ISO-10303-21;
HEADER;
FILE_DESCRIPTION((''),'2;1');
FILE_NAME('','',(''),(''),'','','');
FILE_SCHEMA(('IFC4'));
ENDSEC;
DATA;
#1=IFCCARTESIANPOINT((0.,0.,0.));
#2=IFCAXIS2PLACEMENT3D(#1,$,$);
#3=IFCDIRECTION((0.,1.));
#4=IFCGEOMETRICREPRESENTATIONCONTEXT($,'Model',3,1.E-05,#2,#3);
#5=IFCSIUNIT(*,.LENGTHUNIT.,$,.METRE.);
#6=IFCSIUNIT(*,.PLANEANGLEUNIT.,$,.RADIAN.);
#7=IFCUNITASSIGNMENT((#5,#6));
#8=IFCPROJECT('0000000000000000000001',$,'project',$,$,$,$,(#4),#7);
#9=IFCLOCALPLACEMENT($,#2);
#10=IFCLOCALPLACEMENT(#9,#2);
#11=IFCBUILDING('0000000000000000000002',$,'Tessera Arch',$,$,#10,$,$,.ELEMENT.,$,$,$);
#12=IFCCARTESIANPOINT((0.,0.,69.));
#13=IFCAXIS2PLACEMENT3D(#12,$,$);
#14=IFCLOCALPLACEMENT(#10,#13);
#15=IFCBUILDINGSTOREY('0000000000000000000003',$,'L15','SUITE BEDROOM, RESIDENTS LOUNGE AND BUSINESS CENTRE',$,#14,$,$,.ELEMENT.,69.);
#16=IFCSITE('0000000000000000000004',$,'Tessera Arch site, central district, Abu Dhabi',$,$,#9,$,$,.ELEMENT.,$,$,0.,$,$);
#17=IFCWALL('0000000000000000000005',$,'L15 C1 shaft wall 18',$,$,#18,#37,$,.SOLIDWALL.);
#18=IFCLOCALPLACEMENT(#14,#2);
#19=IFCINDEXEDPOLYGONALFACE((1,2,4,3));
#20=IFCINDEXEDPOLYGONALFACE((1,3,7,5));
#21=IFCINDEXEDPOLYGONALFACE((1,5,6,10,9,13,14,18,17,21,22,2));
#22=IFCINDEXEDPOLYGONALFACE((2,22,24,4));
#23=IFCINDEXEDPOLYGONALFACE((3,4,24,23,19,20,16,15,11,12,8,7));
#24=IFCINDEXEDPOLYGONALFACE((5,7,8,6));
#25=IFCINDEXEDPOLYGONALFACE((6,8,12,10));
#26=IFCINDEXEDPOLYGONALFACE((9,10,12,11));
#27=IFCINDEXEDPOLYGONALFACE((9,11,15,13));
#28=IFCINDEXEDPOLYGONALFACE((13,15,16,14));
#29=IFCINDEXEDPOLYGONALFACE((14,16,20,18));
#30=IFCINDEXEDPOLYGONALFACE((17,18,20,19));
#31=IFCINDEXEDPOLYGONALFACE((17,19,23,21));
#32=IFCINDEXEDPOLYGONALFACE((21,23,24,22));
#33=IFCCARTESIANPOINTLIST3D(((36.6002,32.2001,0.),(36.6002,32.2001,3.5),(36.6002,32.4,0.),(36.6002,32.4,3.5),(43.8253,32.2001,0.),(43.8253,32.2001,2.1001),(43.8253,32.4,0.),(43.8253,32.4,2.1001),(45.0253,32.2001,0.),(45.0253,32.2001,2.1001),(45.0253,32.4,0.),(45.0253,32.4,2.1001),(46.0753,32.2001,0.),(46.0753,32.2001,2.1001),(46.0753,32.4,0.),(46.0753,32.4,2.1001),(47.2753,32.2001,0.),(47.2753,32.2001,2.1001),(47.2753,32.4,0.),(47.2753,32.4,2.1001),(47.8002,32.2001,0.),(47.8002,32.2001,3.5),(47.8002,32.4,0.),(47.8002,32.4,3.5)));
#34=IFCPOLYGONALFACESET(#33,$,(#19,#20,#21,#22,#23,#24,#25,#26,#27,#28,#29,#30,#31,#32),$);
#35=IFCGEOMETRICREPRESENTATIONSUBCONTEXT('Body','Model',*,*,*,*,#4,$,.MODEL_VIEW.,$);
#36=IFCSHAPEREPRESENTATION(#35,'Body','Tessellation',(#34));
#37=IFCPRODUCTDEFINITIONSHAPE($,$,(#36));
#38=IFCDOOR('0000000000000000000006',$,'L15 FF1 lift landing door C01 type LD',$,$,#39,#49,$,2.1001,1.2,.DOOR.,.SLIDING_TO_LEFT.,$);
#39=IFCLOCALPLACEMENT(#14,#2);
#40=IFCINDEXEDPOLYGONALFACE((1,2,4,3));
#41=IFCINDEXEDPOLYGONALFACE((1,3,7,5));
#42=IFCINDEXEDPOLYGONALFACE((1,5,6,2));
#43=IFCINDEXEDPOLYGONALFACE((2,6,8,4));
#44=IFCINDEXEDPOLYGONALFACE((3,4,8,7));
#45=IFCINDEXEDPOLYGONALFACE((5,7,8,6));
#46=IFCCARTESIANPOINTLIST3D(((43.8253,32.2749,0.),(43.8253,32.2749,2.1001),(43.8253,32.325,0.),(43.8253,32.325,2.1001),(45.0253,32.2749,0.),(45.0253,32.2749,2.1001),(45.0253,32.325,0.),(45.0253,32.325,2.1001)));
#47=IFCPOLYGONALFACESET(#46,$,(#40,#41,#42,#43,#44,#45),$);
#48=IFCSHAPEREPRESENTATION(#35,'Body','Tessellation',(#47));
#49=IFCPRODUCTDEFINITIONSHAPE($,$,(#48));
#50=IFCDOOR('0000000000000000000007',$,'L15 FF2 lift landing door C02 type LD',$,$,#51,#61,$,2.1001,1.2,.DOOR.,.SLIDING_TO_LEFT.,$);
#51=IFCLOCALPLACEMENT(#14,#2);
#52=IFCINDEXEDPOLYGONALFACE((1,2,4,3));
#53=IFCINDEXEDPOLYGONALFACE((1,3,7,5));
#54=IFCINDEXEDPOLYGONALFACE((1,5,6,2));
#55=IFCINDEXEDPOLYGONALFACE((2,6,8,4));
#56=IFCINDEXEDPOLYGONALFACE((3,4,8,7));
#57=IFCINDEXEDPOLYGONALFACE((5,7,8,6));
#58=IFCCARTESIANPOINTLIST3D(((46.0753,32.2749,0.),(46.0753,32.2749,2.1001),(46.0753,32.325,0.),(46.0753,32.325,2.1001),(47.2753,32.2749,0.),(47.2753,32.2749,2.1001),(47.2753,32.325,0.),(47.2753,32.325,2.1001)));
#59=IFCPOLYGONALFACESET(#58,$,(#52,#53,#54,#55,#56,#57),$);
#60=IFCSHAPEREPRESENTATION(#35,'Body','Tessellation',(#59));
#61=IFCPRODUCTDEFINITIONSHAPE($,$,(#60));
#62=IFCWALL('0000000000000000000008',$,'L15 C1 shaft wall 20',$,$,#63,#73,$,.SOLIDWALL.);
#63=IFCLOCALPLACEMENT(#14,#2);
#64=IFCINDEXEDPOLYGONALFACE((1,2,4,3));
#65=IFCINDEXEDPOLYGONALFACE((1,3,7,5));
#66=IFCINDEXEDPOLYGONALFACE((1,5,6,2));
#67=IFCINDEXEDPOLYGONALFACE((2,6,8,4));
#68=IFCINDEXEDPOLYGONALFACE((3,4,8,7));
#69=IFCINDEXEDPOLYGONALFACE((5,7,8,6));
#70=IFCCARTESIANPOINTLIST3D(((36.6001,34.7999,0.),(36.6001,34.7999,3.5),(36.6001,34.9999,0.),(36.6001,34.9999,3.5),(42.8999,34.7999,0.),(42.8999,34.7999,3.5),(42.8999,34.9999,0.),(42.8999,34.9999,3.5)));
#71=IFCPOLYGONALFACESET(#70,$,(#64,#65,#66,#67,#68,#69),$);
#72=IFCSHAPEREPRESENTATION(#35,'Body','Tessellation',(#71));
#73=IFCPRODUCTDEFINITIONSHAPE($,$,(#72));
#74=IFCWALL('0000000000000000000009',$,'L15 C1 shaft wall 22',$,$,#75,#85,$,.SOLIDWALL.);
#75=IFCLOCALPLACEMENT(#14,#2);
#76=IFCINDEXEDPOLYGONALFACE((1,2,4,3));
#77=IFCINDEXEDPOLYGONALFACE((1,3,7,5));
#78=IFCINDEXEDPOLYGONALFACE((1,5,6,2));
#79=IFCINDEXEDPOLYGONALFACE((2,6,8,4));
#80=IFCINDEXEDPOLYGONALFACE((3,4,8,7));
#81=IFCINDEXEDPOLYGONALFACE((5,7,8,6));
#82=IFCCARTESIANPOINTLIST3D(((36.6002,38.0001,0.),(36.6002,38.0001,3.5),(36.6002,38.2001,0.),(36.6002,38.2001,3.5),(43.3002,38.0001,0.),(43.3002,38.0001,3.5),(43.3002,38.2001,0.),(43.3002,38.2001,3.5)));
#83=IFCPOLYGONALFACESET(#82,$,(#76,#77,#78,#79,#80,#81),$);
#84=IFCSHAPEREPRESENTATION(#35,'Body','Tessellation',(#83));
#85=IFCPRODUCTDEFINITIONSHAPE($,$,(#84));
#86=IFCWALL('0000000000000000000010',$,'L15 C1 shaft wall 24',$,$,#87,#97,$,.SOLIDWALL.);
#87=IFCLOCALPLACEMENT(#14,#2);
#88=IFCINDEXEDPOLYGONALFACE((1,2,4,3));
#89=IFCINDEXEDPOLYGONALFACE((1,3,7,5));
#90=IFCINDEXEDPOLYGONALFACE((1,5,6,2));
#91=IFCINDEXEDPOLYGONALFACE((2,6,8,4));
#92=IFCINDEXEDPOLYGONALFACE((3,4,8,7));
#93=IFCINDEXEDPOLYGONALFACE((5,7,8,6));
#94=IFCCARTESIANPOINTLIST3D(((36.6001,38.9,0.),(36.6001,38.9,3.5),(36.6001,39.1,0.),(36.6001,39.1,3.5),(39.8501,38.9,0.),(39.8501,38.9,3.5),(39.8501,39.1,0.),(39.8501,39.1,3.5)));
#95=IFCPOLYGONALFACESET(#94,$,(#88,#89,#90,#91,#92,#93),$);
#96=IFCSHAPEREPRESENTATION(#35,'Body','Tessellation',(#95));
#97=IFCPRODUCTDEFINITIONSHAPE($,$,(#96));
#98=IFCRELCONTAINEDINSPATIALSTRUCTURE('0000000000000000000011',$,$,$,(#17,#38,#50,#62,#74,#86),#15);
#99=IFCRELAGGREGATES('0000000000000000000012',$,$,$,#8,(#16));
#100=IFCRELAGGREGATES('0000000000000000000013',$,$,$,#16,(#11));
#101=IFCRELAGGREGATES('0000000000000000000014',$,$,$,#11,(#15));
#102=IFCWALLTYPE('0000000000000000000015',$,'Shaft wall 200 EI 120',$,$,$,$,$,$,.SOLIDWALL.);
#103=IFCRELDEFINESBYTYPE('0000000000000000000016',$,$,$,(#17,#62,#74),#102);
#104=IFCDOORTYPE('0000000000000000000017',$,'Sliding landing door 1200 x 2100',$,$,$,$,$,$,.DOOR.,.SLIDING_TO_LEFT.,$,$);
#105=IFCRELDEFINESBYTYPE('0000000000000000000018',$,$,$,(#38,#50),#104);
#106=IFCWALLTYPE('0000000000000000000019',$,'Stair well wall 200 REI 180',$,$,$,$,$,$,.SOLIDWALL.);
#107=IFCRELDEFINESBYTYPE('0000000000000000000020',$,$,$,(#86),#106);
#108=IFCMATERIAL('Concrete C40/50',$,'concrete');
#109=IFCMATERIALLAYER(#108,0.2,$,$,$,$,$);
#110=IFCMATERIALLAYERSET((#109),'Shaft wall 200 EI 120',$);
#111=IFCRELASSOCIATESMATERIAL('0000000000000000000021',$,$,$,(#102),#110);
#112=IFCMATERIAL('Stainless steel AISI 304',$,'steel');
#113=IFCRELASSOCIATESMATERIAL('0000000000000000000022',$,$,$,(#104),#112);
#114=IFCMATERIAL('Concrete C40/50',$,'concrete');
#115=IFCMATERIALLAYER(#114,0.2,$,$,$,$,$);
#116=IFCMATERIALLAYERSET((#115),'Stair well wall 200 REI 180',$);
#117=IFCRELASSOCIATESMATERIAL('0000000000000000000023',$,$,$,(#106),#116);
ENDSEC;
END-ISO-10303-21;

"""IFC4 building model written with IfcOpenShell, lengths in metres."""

from ifc_helpers import new_model, si_unit, direction, frame, frame_2d, origin, place, context, subcontext, project, spatial, rectangle, extrude, material, layer, layer_set, type_object, element, fill, save


model = new_model("IFC4")

# Units and contexts
model_context = context("Model", 3, precision=1e-05, world=origin(), true_north=direction((0.0, 1.0)))
body_context = subcontext(model_context, "Body", "Model", "MODEL_VIEW")
ifc_project = project(units=[si_unit("LENGTHUNIT", "METRE"), si_unit("PLANEANGLEUNIT", "RADIAN")], contexts=[model_context])

# Site, building, storey
site_placement = place(None, origin())
site = spatial("IfcSite", under=ifc_project, at=site_placement, Name="Tessera Arch site, central district, Abu Dhabi", CompositionType="ELEMENT", RefElevation=0.0)
building_placement = place(site_placement, origin())
building = spatial("IfcBuilding", under=site, at=building_placement, Name="Tessera Arch", CompositionType="ELEMENT")
storey_placement = place(building_placement, frame((0.0, 0.0, 69.0)))
storey = spatial("IfcBuildingStorey", under=building, at=storey_placement, Name="L15", Description="SUITE BEDROOM, RESIDENTS LOUNGE AND BUSINESS CENTRE", CompositionType="ELEMENT", Elevation=69.0)

# Wall, openings, doors
ifc_material_1 = material(Name="Concrete C40/50", Category="concrete")
ifc_layer_1 = layer(ifc_material_1, 0.2)
ifc_layer_set_1 = layer_set([ifc_layer_1], Name="Shaft wall 200 EI 120")
wall_type_1 = type_object("IfcWallType", Name="Shaft wall 200 EI 120", PredefinedType="SOLIDWALL", material=ifc_layer_set_1)
wall_1_placement = place(storey_placement, frame((36.6001, 32.3, 0.0), z_axis=(0.0, 0.0, 1.0), x_axis=(1.0, 0.0, 0.0)))
wall_1 = element("IfcWall", 1, at=wall_1_placement, inside=storey, type_object=wall_type_1, Name="L15 C1 shaft wall 18", PredefinedType="SOLIDWALL", context=body_context, shape_type="SweptSolid", body=[
    extrude(rectangle(XDim=11.2, YDim=0.2, at=frame_2d((5.6001, 0.0))), origin(), (0.0, 0.0, 1.0), 3.5),
])
opening_1_placement = place(wall_1_placement, frame((7.2251, 0.0, 0.0)))
opening_1 = element("IfcOpeningElement", 2, at=opening_1_placement, cuts=wall_1, PredefinedType="OPENING", context=body_context, shape_type="SweptSolid", body=[
    extrude(rectangle(XDim=1.2, YDim=2.1001, at=frame_2d((0.6001, 1.05))), frame((0.0, 0.1099, 0.0), z_axis=(0.0, -1.0, 0.0), x_axis=(1.0, 0.0, 0.0)), (0.0, 0.0, 1.0), 0.22),
])
opening_2_placement = place(wall_1_placement, frame((9.4751, 0.0, 0.0)))
opening_2 = element("IfcOpeningElement", 3, at=opening_2_placement, cuts=wall_1, PredefinedType="OPENING", context=body_context, shape_type="SweptSolid", body=[
    extrude(rectangle(XDim=1.2, YDim=2.1001, at=frame_2d((0.6001, 1.05))), frame((0.0, 0.1099, 0.0), z_axis=(0.0, -1.0, 0.0), x_axis=(1.0, 0.0, 0.0)), (0.0, 0.0, 1.0), 0.22),
])
ifc_material_2 = material(Name="Stainless steel AISI 304", Category="steel")
door_type_1 = type_object("IfcDoorType", Name="Sliding landing door 1200 x 2100", OperationType="SLIDING_TO_LEFT", PredefinedType="DOOR", material=ifc_material_2)
door_1_placement = place(opening_1_placement, origin())
door_1 = element("IfcDoor", 4, at=door_1_placement, inside=storey, type_object=door_type_1, Name="L15 FF1 lift landing door C01 type LD", OperationType="SLIDING_TO_LEFT", OverallHeight=2.1001, OverallWidth=1.2, PredefinedType="DOOR", context=body_context, shape_type="SweptSolid", body=[
    extrude(rectangle(XDim=1.2, YDim=2.1001, at=frame_2d((0.6001, 1.05))), frame((0.0, 0.0249, 0.0), z_axis=(0.0, -1.0, 0.0), x_axis=(1.0, 0.0, 0.0)), (0.0, 0.0, 1.0), 0.05),
])
fill(opening_1, door_1)
door_2_placement = place(opening_2_placement, origin())
door_2 = element("IfcDoor", 5, at=door_2_placement, inside=storey, type_object=door_type_1, Name="L15 FF2 lift landing door C02 type LD", OperationType="SLIDING_TO_LEFT", OverallHeight=2.1001, OverallWidth=1.2, PredefinedType="DOOR", context=body_context, shape_type="SweptSolid", body=[
    extrude(rectangle(XDim=1.2, YDim=2.1001, at=frame_2d((0.6001, 1.05))), frame((0.0, 0.0249, 0.0), z_axis=(0.0, -1.0, 0.0), x_axis=(1.0, 0.0, 0.0)), (0.0, 0.0, 1.0), 0.05),
])
fill(opening_2, door_2)

# Walls
wall_2_placement = place(storey_placement, frame((36.6001, 34.8999, 0.0), z_axis=(0.0, 0.0, 1.0), x_axis=(1.0, 0.0, 0.0)))
element("IfcWall", 6, at=wall_2_placement, inside=storey, type_object=wall_type_1, Name="L15 C1 shaft wall 20", PredefinedType="SOLIDWALL", context=body_context, shape_type="SweptSolid", body=[
    extrude(rectangle(XDim=6.2998, YDim=0.2, at=frame_2d((3.1499, 0.0))), origin(), (0.0, 0.0, 1.0), 3.5),
])
wall_3_placement = place(storey_placement, frame((36.6001, 38.1001, 0.0), z_axis=(0.0, 0.0, 1.0), x_axis=(1.0, 0.0, 0.0)))
element("IfcWall", 7, at=wall_3_placement, inside=storey, type_object=wall_type_1, Name="L15 C1 shaft wall 22", PredefinedType="SOLIDWALL", context=body_context, shape_type="SweptSolid", body=[
    extrude(rectangle(XDim=6.7, YDim=0.2, at=frame_2d((3.3501, 0.0))), origin(), (0.0, 0.0, 1.0), 3.5),
])
ifc_material_3 = material(Name="Concrete C40/50", Category="concrete")
ifc_layer_2 = layer(ifc_material_3, 0.2)
ifc_layer_set_2 = layer_set([ifc_layer_2], Name="Stair well wall 200 REI 180")
wall_type_2 = type_object("IfcWallType", Name="Stair well wall 200 REI 180", PredefinedType="SOLIDWALL", material=ifc_layer_set_2)
wall_4_placement = place(storey_placement, frame((36.6001, 39.0, 0.0), z_axis=(0.0, 0.0, 1.0), x_axis=(1.0, 0.0, 0.0)))
element("IfcWall", 8, at=wall_4_placement, inside=storey, type_object=wall_type_2, Name="L15 C1 shaft wall 24", PredefinedType="SOLIDWALL", context=body_context, shape_type="SweptSolid", body=[
    extrude(rectangle(XDim=3.25, YDim=0.2, at=frame_2d((1.625, 0.0))), origin(), (0.0, 0.0, 1.0), 3.5),
])

save(model, "model.ifc")
